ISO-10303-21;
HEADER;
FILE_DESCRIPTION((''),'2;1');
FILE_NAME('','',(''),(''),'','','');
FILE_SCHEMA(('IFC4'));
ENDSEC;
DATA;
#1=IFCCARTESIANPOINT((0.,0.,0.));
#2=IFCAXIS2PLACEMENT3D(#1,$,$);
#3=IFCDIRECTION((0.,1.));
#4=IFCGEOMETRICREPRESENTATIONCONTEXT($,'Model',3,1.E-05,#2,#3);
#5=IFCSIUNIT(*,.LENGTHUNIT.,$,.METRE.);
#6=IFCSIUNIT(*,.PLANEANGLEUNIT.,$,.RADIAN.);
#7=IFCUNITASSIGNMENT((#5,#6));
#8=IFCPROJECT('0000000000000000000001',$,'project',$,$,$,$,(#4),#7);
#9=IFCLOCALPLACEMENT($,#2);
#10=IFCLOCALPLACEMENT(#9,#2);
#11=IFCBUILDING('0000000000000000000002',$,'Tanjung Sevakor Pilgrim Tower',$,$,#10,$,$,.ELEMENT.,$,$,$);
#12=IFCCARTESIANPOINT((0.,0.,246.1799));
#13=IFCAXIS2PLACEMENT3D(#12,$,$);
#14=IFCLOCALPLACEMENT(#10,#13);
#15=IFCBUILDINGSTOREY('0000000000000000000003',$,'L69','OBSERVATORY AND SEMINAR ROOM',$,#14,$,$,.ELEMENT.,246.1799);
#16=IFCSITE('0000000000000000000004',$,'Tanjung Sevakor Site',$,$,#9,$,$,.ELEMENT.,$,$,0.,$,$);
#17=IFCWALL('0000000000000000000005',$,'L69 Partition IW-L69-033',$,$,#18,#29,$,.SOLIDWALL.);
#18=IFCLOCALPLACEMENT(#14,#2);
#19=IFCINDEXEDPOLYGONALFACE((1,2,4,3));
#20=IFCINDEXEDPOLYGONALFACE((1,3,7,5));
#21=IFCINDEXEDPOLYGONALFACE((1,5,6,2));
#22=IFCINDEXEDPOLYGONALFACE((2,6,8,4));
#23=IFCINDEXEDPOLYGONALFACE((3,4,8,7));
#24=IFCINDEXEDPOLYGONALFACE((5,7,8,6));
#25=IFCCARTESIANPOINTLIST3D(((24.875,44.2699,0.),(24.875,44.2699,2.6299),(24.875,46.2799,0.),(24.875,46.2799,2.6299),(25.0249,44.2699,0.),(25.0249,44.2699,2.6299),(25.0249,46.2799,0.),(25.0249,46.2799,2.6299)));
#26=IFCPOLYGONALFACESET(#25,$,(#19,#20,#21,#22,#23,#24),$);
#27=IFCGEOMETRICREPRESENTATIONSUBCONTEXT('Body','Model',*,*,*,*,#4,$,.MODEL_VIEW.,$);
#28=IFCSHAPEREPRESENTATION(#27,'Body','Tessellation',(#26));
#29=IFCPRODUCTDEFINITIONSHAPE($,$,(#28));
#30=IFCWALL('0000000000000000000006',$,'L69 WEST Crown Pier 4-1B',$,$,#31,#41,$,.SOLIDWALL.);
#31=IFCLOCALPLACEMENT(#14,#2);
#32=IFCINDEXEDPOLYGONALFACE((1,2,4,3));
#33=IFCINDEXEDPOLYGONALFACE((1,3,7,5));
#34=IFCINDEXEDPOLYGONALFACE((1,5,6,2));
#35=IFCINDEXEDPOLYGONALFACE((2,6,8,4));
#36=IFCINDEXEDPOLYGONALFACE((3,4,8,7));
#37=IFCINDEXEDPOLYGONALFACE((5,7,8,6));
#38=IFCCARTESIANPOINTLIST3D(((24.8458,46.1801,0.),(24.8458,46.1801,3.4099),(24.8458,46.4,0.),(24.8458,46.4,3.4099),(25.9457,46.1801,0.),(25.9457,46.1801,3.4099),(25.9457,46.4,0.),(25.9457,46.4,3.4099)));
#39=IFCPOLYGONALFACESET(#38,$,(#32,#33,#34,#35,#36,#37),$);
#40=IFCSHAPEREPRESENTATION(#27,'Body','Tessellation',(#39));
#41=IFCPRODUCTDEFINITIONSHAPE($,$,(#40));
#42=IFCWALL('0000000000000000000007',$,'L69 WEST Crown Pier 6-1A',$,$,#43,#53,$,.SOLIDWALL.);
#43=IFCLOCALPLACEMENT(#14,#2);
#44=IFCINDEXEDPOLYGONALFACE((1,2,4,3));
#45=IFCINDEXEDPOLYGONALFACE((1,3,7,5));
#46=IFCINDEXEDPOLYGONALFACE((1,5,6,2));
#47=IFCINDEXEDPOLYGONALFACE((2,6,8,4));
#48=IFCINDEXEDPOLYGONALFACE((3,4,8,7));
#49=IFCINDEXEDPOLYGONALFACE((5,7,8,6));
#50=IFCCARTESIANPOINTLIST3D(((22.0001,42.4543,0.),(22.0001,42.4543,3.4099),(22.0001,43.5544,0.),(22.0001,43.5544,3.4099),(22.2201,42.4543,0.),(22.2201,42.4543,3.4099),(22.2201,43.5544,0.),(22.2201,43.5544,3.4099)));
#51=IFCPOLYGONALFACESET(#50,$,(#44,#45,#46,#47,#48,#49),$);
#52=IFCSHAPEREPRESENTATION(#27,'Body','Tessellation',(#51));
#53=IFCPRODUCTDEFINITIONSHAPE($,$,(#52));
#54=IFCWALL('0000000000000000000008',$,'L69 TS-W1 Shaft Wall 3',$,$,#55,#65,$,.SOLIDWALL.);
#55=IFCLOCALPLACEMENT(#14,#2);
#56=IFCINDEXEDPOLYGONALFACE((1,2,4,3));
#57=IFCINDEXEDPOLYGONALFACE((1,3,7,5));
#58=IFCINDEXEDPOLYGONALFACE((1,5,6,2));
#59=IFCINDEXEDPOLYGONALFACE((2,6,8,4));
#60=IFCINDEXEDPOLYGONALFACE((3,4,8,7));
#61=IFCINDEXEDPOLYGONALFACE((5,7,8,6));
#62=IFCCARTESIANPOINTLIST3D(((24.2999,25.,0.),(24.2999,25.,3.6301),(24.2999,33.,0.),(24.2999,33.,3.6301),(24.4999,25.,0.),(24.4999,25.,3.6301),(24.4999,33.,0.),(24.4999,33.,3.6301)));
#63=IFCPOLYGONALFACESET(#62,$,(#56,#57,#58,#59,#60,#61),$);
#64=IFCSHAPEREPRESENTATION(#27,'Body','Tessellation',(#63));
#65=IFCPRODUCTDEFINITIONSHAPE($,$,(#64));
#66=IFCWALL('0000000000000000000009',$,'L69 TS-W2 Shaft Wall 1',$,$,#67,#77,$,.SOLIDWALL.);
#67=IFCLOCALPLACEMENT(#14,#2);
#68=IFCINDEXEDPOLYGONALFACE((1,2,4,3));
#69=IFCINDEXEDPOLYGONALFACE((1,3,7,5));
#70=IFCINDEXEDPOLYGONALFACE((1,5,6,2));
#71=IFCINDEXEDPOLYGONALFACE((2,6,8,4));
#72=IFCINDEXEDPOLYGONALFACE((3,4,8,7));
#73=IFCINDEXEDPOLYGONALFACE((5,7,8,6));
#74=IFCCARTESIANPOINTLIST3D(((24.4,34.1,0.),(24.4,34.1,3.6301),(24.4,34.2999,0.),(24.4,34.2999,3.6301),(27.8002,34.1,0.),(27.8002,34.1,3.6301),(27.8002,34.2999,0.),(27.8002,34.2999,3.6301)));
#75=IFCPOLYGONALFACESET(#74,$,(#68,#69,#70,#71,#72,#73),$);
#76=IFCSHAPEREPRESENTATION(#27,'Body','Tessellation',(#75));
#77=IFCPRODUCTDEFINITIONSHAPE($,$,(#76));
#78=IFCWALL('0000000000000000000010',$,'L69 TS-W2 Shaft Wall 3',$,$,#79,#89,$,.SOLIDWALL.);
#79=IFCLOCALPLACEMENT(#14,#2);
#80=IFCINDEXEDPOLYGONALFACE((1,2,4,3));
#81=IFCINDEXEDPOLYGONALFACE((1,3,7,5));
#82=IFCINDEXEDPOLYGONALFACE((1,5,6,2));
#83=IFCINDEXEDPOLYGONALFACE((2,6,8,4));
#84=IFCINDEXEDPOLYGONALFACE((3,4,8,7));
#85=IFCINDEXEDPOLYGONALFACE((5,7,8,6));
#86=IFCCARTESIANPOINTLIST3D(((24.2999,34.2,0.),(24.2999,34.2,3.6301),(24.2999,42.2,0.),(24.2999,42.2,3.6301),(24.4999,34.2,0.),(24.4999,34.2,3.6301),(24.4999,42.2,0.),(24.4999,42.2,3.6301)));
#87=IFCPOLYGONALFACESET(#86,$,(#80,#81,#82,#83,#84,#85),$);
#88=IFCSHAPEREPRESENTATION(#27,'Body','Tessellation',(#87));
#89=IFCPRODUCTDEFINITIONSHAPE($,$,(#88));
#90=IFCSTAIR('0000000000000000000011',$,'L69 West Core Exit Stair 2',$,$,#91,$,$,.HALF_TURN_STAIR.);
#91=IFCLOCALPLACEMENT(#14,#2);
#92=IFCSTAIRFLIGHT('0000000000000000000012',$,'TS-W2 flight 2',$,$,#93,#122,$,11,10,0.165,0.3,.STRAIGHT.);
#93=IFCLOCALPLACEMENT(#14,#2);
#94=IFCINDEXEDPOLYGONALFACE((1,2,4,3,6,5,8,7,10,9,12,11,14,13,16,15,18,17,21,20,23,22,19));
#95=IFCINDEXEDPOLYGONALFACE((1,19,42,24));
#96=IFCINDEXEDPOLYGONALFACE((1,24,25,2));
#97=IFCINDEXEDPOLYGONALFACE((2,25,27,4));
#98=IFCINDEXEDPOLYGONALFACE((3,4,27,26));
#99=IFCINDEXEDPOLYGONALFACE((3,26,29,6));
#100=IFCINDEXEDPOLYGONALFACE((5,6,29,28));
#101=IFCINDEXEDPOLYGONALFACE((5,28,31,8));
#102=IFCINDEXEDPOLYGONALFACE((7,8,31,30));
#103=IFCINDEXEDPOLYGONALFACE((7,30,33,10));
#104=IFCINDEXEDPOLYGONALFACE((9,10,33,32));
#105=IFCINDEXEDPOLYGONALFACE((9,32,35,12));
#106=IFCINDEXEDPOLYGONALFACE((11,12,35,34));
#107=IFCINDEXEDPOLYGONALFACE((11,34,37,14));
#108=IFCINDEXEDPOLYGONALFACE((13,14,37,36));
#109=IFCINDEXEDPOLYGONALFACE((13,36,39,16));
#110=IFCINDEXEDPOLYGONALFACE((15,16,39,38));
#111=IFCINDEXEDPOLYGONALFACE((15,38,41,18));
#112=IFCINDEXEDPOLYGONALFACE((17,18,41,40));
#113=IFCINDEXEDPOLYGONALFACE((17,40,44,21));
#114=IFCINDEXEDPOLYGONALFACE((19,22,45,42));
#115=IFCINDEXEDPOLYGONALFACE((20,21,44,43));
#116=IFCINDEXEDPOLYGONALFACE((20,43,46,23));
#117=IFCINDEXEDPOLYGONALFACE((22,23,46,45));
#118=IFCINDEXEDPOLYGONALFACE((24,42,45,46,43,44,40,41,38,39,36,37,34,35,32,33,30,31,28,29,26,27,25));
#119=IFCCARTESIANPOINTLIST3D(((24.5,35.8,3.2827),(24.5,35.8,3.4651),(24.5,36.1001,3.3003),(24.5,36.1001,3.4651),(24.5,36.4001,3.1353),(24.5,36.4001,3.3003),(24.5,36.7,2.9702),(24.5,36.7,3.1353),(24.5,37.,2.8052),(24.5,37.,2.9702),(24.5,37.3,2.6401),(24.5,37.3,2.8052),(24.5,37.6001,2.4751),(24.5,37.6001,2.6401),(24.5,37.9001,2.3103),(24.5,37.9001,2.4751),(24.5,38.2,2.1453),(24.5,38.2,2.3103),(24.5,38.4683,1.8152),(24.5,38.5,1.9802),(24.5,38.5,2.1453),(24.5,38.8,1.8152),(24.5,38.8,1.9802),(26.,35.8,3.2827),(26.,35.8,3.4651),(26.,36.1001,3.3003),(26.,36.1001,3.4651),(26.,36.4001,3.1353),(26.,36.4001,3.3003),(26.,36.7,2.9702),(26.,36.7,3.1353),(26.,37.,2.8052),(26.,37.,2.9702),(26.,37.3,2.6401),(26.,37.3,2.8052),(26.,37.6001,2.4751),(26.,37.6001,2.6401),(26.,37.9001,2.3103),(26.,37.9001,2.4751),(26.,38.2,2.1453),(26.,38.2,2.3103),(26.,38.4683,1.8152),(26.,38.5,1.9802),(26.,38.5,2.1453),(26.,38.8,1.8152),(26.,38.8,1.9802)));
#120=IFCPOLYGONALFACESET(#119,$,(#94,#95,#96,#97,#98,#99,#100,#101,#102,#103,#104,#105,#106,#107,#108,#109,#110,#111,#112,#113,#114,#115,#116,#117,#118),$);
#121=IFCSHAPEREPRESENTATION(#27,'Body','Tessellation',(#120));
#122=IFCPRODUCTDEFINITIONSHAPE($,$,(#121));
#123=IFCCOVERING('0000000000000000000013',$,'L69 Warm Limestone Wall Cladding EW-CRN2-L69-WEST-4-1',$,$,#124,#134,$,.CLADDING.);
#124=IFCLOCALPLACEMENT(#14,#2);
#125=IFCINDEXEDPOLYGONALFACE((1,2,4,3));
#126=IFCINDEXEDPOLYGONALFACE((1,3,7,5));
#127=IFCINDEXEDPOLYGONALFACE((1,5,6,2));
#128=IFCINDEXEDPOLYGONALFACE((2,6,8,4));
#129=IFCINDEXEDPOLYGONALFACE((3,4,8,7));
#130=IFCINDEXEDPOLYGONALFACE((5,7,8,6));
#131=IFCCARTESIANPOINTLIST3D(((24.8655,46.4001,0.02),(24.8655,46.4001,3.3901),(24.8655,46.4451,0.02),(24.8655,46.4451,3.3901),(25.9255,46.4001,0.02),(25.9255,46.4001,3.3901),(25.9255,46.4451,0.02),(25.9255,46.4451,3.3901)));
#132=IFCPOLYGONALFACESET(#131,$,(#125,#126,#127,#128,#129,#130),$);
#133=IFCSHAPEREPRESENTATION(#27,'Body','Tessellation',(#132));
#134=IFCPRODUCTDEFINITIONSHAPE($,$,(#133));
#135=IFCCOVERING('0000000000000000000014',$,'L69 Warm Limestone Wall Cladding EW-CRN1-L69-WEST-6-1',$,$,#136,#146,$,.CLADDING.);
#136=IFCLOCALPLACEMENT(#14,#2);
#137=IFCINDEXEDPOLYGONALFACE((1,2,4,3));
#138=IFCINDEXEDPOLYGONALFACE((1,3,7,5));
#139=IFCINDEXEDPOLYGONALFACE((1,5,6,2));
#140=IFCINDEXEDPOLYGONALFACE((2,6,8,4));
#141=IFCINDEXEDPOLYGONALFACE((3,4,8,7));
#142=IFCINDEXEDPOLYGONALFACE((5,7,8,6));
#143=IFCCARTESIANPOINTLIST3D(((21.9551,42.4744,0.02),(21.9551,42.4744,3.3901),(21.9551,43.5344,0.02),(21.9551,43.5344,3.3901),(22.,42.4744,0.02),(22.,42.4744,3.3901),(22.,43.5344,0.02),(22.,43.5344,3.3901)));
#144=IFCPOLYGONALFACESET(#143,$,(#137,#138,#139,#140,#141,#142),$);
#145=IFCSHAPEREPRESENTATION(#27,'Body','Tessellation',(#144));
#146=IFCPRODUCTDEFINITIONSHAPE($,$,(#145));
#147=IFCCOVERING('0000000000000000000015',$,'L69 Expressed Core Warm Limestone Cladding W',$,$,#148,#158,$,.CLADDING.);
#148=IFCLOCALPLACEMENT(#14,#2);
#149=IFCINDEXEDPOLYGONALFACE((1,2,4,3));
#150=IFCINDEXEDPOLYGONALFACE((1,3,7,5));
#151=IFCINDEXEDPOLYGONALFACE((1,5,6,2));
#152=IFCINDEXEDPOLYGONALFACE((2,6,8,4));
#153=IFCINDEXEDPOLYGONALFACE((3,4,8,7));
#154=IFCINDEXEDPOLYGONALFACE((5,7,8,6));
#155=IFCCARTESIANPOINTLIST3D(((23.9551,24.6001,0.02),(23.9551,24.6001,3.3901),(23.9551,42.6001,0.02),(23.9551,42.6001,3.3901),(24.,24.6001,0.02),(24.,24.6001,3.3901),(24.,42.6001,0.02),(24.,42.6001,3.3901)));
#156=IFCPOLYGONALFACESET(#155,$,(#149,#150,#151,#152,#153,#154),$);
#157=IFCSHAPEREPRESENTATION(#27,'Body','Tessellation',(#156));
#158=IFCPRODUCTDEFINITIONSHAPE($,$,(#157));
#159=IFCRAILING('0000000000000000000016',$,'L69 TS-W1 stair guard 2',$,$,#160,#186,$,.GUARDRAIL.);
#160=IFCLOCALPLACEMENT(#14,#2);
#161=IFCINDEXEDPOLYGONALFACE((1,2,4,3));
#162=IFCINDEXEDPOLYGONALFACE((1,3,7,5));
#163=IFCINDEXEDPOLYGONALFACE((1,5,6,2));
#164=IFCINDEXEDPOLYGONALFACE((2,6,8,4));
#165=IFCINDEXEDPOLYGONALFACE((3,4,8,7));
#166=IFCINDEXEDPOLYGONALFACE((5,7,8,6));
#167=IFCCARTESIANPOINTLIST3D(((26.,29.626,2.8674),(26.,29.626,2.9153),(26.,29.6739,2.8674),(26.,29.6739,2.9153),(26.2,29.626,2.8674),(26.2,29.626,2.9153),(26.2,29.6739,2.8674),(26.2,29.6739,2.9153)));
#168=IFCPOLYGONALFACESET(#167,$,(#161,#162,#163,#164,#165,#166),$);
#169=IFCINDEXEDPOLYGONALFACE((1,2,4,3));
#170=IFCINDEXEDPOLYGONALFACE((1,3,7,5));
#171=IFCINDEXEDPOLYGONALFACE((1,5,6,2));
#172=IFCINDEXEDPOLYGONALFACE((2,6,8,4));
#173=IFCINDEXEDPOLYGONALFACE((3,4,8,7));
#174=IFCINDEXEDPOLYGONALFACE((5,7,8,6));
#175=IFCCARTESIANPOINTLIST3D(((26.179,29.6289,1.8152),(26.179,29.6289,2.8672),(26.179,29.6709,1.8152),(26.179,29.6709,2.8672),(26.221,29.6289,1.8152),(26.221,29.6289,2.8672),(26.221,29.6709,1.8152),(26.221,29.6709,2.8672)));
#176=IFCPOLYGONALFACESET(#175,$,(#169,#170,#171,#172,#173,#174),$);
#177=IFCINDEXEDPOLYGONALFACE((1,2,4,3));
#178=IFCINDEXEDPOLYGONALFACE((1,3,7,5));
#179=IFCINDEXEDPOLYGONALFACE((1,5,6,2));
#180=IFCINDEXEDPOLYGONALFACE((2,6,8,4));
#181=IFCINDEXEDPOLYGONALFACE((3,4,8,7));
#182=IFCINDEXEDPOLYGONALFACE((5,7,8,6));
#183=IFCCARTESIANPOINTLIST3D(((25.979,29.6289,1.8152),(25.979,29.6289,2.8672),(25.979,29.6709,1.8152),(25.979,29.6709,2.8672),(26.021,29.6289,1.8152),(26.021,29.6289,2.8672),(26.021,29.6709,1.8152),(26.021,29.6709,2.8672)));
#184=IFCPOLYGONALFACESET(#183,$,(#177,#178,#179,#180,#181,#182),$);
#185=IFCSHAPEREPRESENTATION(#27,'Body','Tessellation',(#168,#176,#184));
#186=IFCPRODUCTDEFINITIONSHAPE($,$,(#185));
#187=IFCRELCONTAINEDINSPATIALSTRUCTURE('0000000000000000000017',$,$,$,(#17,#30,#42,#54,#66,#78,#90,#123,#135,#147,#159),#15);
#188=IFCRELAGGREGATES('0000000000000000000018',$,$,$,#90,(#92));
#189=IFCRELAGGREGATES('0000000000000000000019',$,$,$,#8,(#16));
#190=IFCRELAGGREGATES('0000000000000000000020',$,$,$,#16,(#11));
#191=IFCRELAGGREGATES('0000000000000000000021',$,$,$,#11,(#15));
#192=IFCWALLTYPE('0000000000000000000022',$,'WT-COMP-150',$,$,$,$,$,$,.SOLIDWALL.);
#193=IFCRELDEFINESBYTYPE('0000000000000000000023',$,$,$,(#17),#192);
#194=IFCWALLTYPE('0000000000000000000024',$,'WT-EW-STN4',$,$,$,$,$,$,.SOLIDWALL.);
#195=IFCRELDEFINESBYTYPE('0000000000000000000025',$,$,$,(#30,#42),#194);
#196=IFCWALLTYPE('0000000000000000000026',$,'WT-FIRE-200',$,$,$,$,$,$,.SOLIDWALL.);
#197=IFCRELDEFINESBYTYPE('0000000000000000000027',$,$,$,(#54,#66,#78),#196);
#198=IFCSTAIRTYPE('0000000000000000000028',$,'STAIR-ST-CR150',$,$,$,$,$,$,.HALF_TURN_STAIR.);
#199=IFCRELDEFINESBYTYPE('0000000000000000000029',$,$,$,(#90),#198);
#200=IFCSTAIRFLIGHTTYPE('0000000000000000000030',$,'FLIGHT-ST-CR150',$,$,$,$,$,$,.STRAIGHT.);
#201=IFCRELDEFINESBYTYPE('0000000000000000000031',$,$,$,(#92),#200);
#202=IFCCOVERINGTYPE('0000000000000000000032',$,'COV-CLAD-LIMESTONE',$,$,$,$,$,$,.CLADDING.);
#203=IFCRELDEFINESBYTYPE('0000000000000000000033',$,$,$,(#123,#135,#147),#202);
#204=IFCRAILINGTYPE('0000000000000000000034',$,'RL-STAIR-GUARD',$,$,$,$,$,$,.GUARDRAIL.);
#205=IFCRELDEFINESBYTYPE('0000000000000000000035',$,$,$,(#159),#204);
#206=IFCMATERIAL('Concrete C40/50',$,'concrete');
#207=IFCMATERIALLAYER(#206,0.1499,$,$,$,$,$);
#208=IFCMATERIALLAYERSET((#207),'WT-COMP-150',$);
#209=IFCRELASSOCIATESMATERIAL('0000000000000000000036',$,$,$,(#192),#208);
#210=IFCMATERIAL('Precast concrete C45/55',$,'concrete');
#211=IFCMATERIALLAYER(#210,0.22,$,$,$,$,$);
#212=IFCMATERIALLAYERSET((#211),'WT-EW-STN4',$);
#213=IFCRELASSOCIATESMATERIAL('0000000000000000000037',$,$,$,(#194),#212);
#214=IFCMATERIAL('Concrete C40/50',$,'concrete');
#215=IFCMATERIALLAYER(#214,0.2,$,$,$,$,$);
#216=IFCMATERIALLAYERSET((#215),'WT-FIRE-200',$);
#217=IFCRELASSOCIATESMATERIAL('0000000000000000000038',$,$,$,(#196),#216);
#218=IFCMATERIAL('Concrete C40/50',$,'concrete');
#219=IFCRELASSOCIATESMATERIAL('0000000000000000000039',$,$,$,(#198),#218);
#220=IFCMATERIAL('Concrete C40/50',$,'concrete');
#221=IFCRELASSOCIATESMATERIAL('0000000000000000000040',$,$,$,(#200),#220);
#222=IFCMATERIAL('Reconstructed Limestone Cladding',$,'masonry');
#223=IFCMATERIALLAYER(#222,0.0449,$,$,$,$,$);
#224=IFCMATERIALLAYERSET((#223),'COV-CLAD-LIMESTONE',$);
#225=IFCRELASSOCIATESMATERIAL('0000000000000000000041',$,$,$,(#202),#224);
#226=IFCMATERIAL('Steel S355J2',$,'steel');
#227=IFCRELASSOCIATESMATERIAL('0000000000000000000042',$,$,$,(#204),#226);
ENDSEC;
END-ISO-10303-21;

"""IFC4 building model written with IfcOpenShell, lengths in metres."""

from ifc_helpers import new_model, si_unit, direction, frame, frame_2d, origin, origin_2d, place, context, subcontext, project, spatial, polyline, rectangle, outline, extrude, material, layer, layer_set, type_object, element, aggregate, save


model = new_model("IFC4")

# Units and contexts
model_context = context("Model", 3, precision=1e-05, world=origin(), true_north=direction((0.0, 1.0)))
body_context = subcontext(model_context, "Body", "Model", "MODEL_VIEW")
ifc_project = project(units=[si_unit("LENGTHUNIT", "METRE"), si_unit("PLANEANGLEUNIT", "RADIAN")], contexts=[model_context])

# Site, building, storey
site_placement = place(None, origin())
site = spatial("IfcSite", under=ifc_project, at=site_placement, Name="Tanjung Sevakor Site", CompositionType="ELEMENT", RefElevation=0.0)
building_placement = place(site_placement, origin())
building = spatial("IfcBuilding", under=site, at=building_placement, Name="Tanjung Sevakor Pilgrim Tower", CompositionType="ELEMENT")
storey_placement = place(building_placement, frame((0.0, 0.0, 246.1799)))
storey = spatial("IfcBuildingStorey", under=building, at=storey_placement, Name="L69", Description="OBSERVATORY AND SEMINAR ROOM", CompositionType="ELEMENT", Elevation=246.1799)

# Shared definitions
ifc_material_1 = material(Name="Concrete C40/50", Category="concrete")
ifc_layer_1 = layer(ifc_material_1, 0.1499)
ifc_layer_set_1 = layer_set([ifc_layer_1], Name="WT-COMP-150")
wall_type_1 = type_object("IfcWallType", Name="WT-COMP-150", PredefinedType="SOLIDWALL", material=ifc_layer_set_1)

# Walls
wall_1_placement = place(storey_placement, frame((24.95, 44.27, 0.0), z_axis=(0.0, 0.0, 1.0), x_axis=(0.0, 1.0, 0.0)))
element("IfcWall", 1, at=wall_1_placement, inside=storey, type_object=wall_type_1, Name="L69 Partition IW-L69-033", PredefinedType="SOLIDWALL", context=body_context, shape_type="SweptSolid", body=[
    extrude(rectangle(XDim=2.01, YDim=0.1499, at=frame_2d((1.0049, 0.0))), origin(), (0.0, 0.0, 1.0), 2.6299),
])
ifc_material_2 = material(Name="Precast concrete C45/55", Category="concrete")
ifc_layer_2 = layer(ifc_material_2, 0.22)
ifc_layer_set_2 = layer_set([ifc_layer_2], Name="WT-EW-STN4")
wall_type_2 = type_object("IfcWallType", Name="WT-EW-STN4", PredefinedType="SOLIDWALL", material=ifc_layer_set_2)
wall_2_placement = place(storey_placement, frame((25.9456, 46.29, 0.0), z_axis=(0.0, 0.0, 1.0), x_axis=(-1.0, 0.0, 0.0)))
element("IfcWall", 2, at=wall_2_placement, inside=storey, type_object=wall_type_2, Name="L69 WEST Crown Pier 4-1B", PredefinedType="SOLIDWALL", context=body_context, shape_type="SweptSolid", body=[
    extrude(rectangle(XDim=1.0999, YDim=0.22, at=frame_2d((0.5498, 0.0))), origin(), (0.0, 0.0, 1.0), 3.4099),
])
wall_3_placement = place(storey_placement, frame((22.1101, 43.5544, 0.0), z_axis=(0.0, 0.0, 1.0), x_axis=(0.0, -1.0, 0.0)))
element("IfcWall", 3, at=wall_3_placement, inside=storey, type_object=wall_type_2, Name="L69 WEST Crown Pier 6-1A", PredefinedType="SOLIDWALL", context=body_context, shape_type="SweptSolid", body=[
    extrude(rectangle(XDim=1.1001, YDim=0.22, at=frame_2d((0.55, 0.0))), origin(), (0.0, 0.0, 1.0), 3.4099),
])
ifc_material_3 = material(Name="Concrete C40/50", Category="concrete")
ifc_layer_3 = layer(ifc_material_3, 0.2)
ifc_layer_set_3 = layer_set([ifc_layer_3], Name="WT-FIRE-200")
wall_type_3 = type_object("IfcWallType", Name="WT-FIRE-200", PredefinedType="SOLIDWALL", material=ifc_layer_set_3)
wall_4_placement = place(storey_placement, frame((24.3999, 33.0, 0.0), z_axis=(0.0, 0.0, 1.0), x_axis=(0.0, -1.0, 0.0)))
element("IfcWall", 4, at=wall_4_placement, inside=storey, type_object=wall_type_3, Name="L69 TS-W1 Shaft Wall 3", PredefinedType="SOLIDWALL", context=body_context, shape_type="SweptSolid", body=[
    extrude(rectangle(XDim=8.0, YDim=0.2, at=frame_2d((4.0, 0.0))), origin(), (0.0, 0.0, 1.0), 3.6301),
])
wall_5_placement = place(storey_placement, frame((24.3999, 34.2, 0.0), z_axis=(0.0, 0.0, 1.0), x_axis=(1.0, 0.0, 0.0)))
element("IfcWall", 5, at=wall_5_placement, inside=storey, type_object=wall_type_3, Name="L69 TS-W2 Shaft Wall 1", PredefinedType="SOLIDWALL", context=body_context, shape_type="SweptSolid", body=[
    extrude(rectangle(XDim=3.4001, YDim=0.2, at=frame_2d((1.7002, 0.0))), origin(), (0.0, 0.0, 1.0), 3.6301),
])
wall_6_placement = place(storey_placement, frame((24.3999, 42.2, 0.0), z_axis=(0.0, 0.0, 1.0), x_axis=(0.0, -1.0, 0.0)))
element("IfcWall", 6, at=wall_6_placement, inside=storey, type_object=wall_type_3, Name="L69 TS-W2 Shaft Wall 3", PredefinedType="SOLIDWALL", context=body_context, shape_type="SweptSolid", body=[
    extrude(rectangle(XDim=8.0, YDim=0.2, at=frame_2d((4.0, 0.0))), origin(), (0.0, 0.0, 1.0), 3.6301),
])

# Stair, stair flight
ifc_material_4 = material(Name="Concrete C40/50", Category="concrete")
stair_type = type_object("IfcStairType", Name="STAIR-ST-CR150", PredefinedType="HALF_TURN_STAIR", material=ifc_material_4)
stair_placement = place(storey_placement, origin())
stair = element("IfcStair", 7, at=stair_placement, inside=storey, type_object=stair_type, Name="L69 West Core Exit Stair 2", PredefinedType="HALF_TURN_STAIR")
ifc_material_5 = material(Name="Concrete C40/50", Category="concrete")
stair_flight_type = type_object("IfcStairFlightType", Name="FLIGHT-ST-CR150", PredefinedType="STRAIGHT", material=ifc_material_5)
stair_flight_placement = place(storey_placement, frame((25.25, 38.8, 1.8152), z_axis=(0.0, 0.0, 1.0), x_axis=(0.0, -1.0, 0.0)))
stair_flight = element("IfcStairFlight", 8, at=stair_flight_placement, type_object=stair_flight_type, Name="TS-W2 flight 2", NumberOfRisers=11, NumberOfTreads=10, PredefinedType="STRAIGHT", RiserHeight=0.165, TreadLength=0.3, context=body_context, shape_type="SweptSolid", body=[
    extrude(outline(polyline([(0.0, 0.0), (0.0, 0.165), (0.3, 0.165), (0.3, 0.3301), (0.6001, 0.3301), (0.6001, 0.4951), (0.8999, 0.4951), (0.8999, 0.6599), (1.2, 0.6599), (1.2, 0.825), (1.5, 0.825), (1.5, 0.99), (1.8, 0.99), (1.8, 1.155), (2.1001, 1.155), (2.1001, 1.3201), (2.3999, 1.3201), (2.3999, 1.4851), (2.7, 1.4851), (2.7, 1.6499), (3.0, 1.6499), (3.0, 1.8149), (3.0, 1.4675), (0.3318, 0.0), (0.0, 0.0)])), frame((0.0, 0.75, 0.0), z_axis=(0.0, -1.0, 0.0), x_axis=(1.0, 0.0, 0.0)), (0.0, 0.0, 1.0), 1.5),
])
aggregate(stair, [stair_flight])

# Coverings
ifc_material_6 = material(Name="Reconstructed Limestone Cladding", Category="masonry")
ifc_layer_4 = layer(ifc_material_6, 0.0449)
ifc_layer_set_4 = layer_set([ifc_layer_4], Name="COV-CLAD-LIMESTONE")
covering_type = type_object("IfcCoveringType", Name="COV-CLAD-LIMESTONE", PredefinedType="CLADDING", material=ifc_layer_set_4)
for number, where, z_axis, x_axis, name in (
    (9, (25.3955, 46.4226, 0.02), (0.0, 0.0, 1.0), (-1.0, 0.0, 0.0), "L69 Warm Limestone Wall Cladding EW-CRN2-L69-WEST-4-1"),
    (10, (21.9775, 43.0044, 0.02), (0.0, 0.0, 1.0), (0.0, -1.0, 0.0), "L69 Warm Limestone Wall Cladding EW-CRN1-L69-WEST-6-1"),
):
    element("IfcCovering", number, at=place(storey_placement, frame(where, z_axis=z_axis, x_axis=x_axis)), inside=storey, type_object=covering_type, Name=name, PredefinedType="CLADDING", context=body_context, shape_type="SweptSolid", body=[
        extrude(rectangle(XDim=1.0601, YDim=0.0449, at=origin_2d()), origin(), (0.0, 0.0, 1.0), 3.3701),
    ])
covering_placement = place(storey_placement, frame((23.9775, 33.6001, 0.02), z_axis=(0.0, 0.0, 1.0), x_axis=(1.0, 0.0, 0.0)))
element("IfcCovering", 11, at=covering_placement, inside=storey, type_object=covering_type, Name="L69 Expressed Core Warm Limestone Cladding W", PredefinedType="CLADDING", context=body_context, shape_type="SweptSolid", body=[
    extrude(rectangle(XDim=0.0449, YDim=18.0, at=origin_2d()), origin(), (0.0, 0.0, 1.0), 3.3701),
])

# Railing
ifc_material_7 = material(Name="Steel S355J2", Category="steel")
railing_type_1 = type_object("IfcRailingType", Name="RL-STAIR-GUARD", PredefinedType="GUARDRAIL", material=ifc_material_7)
railing_1_placement = place(storey_placement, frame((26.2, 29.6499, 1.8152)))
element("IfcRailing", 12, at=railing_1_placement, inside=storey, type_object=railing_type_1, Name="L69 TS-W1 stair guard 2", PredefinedType="GUARDRAIL", context=body_context, shape_type="SweptSolid", body=[
    extrude(rectangle(XDim=0.0479, YDim=0.0479), frame((0.0, 0.0, 1.0762), z_axis=(-1.0, 0.0, 0.0), x_axis=(0.0, -1.0, 0.0)), (0.0, 0.0, 1.0), 0.2),
    extrude(rectangle(XDim=0.042, YDim=0.042), origin(), (0.0, 0.0, 1.0), 1.052),
    extrude(rectangle(XDim=0.042, YDim=0.042), frame((-0.2, 0.0, 0.0)), (0.0, 0.0, 1.0), 1.052),
])

save(model, "model.ifc")
